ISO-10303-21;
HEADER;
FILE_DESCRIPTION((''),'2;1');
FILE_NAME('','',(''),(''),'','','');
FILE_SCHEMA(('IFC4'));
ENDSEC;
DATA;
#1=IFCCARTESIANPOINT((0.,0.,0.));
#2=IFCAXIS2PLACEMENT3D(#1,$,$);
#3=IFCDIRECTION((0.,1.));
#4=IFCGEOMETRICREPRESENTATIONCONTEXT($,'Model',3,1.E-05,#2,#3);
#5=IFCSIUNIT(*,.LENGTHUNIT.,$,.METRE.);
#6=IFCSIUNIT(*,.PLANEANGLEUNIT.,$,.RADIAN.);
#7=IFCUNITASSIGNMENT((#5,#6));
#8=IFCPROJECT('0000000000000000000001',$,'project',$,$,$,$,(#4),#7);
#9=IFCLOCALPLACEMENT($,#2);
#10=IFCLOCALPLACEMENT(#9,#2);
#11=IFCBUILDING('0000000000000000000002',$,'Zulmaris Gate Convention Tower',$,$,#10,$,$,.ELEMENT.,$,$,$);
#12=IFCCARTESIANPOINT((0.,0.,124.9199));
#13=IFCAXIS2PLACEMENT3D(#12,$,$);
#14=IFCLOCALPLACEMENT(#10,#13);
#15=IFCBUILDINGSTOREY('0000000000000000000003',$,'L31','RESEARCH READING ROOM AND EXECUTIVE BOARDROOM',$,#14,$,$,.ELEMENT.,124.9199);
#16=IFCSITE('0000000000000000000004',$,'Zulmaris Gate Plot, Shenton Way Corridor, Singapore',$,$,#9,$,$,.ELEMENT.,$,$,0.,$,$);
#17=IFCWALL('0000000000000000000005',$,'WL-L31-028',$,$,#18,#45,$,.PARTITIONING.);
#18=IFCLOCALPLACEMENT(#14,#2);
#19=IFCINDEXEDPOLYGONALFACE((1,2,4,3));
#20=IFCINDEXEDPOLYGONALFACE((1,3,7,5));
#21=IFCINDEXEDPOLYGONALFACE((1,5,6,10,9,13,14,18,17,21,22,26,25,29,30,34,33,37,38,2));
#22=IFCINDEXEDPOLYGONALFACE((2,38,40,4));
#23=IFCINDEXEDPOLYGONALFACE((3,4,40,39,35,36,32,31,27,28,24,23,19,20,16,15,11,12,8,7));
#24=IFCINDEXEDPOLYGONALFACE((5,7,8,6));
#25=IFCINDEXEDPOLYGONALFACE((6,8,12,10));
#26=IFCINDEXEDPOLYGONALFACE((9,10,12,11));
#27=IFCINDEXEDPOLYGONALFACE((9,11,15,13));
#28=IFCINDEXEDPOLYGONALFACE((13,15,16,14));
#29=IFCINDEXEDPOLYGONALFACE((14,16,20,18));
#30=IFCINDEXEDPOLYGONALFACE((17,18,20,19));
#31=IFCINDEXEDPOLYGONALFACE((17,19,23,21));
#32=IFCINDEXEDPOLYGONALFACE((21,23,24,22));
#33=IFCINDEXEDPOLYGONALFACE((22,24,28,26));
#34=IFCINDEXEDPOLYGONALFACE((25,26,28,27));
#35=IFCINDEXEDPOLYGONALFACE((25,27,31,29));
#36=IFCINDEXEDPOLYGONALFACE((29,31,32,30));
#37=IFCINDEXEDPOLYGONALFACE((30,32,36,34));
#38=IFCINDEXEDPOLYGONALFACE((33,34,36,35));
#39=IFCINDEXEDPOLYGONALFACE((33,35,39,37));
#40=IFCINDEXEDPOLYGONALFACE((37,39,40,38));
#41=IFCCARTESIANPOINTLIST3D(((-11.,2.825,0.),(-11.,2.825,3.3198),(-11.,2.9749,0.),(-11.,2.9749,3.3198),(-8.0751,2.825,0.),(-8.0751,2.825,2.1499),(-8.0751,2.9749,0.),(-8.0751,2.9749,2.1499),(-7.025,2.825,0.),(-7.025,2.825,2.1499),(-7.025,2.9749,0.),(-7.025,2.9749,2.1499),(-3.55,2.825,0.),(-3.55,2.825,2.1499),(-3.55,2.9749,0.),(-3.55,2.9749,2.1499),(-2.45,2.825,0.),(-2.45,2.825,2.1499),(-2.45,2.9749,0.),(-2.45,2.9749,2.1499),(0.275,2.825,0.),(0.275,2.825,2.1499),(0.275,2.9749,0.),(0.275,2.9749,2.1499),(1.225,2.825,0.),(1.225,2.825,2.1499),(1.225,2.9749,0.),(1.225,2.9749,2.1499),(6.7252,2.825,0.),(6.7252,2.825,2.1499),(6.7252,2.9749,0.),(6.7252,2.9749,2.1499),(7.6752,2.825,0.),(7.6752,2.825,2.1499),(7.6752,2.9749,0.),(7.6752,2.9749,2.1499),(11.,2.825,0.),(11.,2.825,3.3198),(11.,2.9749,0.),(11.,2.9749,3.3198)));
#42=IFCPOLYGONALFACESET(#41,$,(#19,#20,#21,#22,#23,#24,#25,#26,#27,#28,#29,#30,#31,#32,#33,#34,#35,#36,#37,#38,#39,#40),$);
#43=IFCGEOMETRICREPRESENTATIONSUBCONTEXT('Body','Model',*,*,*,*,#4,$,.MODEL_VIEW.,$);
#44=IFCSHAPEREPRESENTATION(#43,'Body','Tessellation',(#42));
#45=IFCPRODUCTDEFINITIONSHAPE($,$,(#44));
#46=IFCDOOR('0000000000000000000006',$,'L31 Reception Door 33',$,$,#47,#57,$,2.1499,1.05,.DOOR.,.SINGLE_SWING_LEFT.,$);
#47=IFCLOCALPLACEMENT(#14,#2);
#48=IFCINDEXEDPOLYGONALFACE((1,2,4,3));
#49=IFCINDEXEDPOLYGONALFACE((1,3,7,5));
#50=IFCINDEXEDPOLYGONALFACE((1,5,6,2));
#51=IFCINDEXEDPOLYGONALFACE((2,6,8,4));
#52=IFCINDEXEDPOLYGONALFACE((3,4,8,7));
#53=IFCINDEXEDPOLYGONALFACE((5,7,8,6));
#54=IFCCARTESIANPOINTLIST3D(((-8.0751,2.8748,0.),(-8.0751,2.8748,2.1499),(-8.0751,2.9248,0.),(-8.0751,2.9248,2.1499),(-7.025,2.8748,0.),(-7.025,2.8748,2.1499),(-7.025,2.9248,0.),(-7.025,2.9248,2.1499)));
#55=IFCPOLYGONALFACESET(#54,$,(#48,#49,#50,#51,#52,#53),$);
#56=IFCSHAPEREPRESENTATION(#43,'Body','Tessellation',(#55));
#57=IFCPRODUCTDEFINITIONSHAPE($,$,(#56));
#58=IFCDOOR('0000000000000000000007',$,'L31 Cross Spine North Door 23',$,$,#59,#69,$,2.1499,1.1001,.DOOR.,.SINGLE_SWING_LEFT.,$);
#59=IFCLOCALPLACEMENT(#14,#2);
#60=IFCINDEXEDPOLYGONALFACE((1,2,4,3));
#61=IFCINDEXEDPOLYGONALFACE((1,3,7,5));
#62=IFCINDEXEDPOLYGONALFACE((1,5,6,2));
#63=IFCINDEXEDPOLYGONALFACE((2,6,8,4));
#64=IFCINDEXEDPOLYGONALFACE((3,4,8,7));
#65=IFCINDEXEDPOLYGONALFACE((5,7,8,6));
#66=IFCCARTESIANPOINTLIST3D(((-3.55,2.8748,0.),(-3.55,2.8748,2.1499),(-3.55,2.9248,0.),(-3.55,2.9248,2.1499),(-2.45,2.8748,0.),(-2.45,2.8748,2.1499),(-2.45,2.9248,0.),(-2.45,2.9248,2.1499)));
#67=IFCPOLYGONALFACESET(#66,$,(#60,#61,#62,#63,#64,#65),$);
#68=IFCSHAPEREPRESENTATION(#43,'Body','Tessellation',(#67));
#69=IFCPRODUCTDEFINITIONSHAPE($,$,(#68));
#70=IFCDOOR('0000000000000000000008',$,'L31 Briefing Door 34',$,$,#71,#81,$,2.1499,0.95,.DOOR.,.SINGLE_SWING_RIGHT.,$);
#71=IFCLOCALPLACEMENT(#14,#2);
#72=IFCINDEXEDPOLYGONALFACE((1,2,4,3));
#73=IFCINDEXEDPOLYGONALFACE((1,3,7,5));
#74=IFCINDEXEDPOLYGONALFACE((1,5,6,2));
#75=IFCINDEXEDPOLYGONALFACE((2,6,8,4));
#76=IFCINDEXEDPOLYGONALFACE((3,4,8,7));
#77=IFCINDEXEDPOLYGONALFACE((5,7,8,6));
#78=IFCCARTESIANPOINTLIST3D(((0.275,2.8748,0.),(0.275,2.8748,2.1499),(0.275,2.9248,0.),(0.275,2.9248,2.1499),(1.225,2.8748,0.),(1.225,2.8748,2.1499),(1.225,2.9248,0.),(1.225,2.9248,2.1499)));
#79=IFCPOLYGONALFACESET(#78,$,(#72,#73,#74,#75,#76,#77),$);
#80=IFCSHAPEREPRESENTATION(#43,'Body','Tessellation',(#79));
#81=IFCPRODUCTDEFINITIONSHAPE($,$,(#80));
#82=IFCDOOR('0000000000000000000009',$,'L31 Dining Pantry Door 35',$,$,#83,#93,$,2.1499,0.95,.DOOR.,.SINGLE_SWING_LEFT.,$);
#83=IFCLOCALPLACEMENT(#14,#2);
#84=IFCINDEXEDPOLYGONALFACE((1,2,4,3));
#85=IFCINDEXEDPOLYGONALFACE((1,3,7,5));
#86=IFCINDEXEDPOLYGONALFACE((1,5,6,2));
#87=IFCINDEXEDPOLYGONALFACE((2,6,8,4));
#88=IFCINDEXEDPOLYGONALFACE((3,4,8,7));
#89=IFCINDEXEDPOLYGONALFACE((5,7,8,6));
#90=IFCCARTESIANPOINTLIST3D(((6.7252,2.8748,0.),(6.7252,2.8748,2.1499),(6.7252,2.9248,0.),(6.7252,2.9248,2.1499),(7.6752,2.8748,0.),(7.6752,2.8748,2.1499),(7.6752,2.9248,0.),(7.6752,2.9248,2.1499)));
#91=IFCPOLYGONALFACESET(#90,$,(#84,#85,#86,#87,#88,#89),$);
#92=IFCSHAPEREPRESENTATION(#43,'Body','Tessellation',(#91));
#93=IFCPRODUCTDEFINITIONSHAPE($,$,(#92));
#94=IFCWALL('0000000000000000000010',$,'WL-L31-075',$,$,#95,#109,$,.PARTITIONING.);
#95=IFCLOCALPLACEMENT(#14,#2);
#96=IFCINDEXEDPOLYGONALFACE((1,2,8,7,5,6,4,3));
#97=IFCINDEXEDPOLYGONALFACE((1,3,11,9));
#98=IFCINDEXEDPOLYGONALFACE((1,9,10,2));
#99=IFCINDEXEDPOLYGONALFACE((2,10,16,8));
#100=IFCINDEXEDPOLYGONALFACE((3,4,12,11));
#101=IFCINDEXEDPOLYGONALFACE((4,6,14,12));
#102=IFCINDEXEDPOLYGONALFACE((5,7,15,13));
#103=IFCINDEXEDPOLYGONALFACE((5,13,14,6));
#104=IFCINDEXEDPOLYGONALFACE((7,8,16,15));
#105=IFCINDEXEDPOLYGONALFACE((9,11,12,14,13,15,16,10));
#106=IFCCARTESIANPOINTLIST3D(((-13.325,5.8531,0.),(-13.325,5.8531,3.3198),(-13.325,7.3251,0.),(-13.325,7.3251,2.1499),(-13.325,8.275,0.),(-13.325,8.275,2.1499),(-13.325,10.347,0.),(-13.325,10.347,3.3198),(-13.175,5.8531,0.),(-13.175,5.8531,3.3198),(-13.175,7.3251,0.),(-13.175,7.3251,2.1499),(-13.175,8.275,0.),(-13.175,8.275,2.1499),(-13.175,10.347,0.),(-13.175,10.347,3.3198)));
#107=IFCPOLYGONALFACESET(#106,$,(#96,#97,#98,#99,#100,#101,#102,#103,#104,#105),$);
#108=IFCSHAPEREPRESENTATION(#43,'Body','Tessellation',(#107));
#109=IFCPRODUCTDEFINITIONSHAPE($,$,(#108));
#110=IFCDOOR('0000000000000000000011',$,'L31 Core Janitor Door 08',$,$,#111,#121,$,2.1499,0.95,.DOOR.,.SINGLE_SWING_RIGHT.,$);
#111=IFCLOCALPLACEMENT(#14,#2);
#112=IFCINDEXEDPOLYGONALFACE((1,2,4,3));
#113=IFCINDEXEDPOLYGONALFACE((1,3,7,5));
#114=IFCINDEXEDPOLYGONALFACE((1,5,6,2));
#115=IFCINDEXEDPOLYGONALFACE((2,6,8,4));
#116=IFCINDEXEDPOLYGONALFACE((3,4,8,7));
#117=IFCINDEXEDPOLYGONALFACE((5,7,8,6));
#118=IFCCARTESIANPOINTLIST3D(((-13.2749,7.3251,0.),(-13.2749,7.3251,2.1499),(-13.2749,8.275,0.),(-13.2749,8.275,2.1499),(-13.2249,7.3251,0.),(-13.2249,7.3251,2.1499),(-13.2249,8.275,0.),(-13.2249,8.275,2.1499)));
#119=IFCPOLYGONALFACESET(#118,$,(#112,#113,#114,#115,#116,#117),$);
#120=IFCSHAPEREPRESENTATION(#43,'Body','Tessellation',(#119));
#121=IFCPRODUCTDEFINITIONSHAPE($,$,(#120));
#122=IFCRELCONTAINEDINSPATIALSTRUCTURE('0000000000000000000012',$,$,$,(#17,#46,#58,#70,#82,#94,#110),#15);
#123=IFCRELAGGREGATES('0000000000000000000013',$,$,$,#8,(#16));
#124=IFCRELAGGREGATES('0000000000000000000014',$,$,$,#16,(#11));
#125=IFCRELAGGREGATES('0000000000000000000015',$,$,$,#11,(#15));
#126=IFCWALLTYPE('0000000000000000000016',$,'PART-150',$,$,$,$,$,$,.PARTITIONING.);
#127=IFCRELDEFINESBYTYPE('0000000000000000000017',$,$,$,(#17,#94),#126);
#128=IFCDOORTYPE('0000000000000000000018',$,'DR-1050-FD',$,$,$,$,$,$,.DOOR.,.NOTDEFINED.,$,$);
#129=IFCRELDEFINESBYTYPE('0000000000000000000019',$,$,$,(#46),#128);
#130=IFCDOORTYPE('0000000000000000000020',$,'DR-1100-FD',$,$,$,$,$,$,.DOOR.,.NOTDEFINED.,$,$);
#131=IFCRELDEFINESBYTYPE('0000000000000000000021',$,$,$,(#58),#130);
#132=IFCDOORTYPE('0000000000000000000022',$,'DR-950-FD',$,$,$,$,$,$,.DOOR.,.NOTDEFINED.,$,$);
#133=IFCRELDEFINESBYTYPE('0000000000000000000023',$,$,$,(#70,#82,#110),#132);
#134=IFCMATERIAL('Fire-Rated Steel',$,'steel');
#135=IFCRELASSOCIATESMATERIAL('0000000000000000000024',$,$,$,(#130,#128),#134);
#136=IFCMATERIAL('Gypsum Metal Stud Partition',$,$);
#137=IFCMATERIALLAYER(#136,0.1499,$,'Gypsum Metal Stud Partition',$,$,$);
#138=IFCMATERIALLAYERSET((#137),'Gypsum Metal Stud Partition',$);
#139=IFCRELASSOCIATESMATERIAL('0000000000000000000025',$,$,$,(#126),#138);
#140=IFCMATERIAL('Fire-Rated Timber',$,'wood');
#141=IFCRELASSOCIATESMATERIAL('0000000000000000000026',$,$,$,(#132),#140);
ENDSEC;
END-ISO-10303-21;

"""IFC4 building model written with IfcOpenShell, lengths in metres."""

from ifc_helpers import new_model, si_unit, direction, frame, frame_2d, origin, place, context, subcontext, project, spatial, rectangle, extrude, material, layer, layer_set, type_object, element, fill, save


model = new_model("IFC4")

# Units and contexts
model_context = context("Model", 3, precision=1e-05, world=origin(), true_north=direction((0.0, 1.0)))
body_context = subcontext(model_context, "Body", "Model", "MODEL_VIEW")
ifc_project = project(units=[si_unit("LENGTHUNIT", "METRE"), si_unit("PLANEANGLEUNIT", "RADIAN")], contexts=[model_context])

# Site, building, storey
site_placement = place(None, origin())
site = spatial("IfcSite", under=ifc_project, at=site_placement, Name="Zulmaris Gate Plot, Shenton Way Corridor, Singapore", CompositionType="ELEMENT", RefElevation=0.0)
building_placement = place(site_placement, origin())
building = spatial("IfcBuilding", under=site, at=building_placement, Name="Zulmaris Gate Convention Tower", CompositionType="ELEMENT")
storey_placement = place(building_placement, frame((0.0, 0.0, 124.9199)))
storey = spatial("IfcBuildingStorey", under=building, at=storey_placement, Name="L31", Description="RESEARCH READING ROOM AND EXECUTIVE BOARDROOM", CompositionType="ELEMENT", Elevation=124.9199)

# Shared definitions
ifc_material_1 = material(Name="Fire-Rated Steel", Category="steel")
door_type_1 = type_object("IfcDoorType", Name="DR-1100-FD", OperationType="NOTDEFINED", PredefinedType="DOOR", material=ifc_material_1)

# Wall, openings, doors
ifc_material_2 = material(Name="Gypsum Metal Stud Partition")
ifc_layer_1 = layer(ifc_material_2, 0.1499, Name="Gypsum Metal Stud Partition")
ifc_layer_set_1 = layer_set([ifc_layer_1], Name="Gypsum Metal Stud Partition")
wall_type_1 = type_object("IfcWallType", Name="PART-150", PredefinedType="PARTITIONING", material=ifc_layer_set_1)
wall_1_placement = place(storey_placement, frame((-11.0, 2.8999, 0.0), z_axis=(0.0, 0.0, 1.0), x_axis=(1.0, 0.0, 0.0)))
wall_1 = element("IfcWall", 1, at=wall_1_placement, inside=storey, type_object=wall_type_1, Name="WL-L31-028", PredefinedType="PARTITIONING", context=body_context, shape_type="SweptSolid", body=[
    extrude(rectangle(XDim=22.0, YDim=0.1499, at=frame_2d((11.0, 0.0))), origin(), (0.0, 0.0, 1.0), 3.3198),
])
opening_1_placement = place(wall_1_placement, frame((7.45, 0.0, 0.0)))
opening_1 = element("IfcOpeningElement", 2, at=opening_1_placement, cuts=wall_1, PredefinedType="OPENING", context=body_context, shape_type="SweptSolid", body=[
    extrude(rectangle(XDim=1.1001, YDim=2.1499, at=frame_2d((0.55, 1.075))), frame((0.0, 0.085, 0.0), z_axis=(0.0, -1.0, 0.0), x_axis=(1.0, 0.0, 0.0)), (0.0, 0.0, 1.0), 0.1699),
])
opening_2_placement = place(wall_1_placement, frame((2.925, 0.0, 0.0)))
opening_2 = element("IfcOpeningElement", 3, at=opening_2_placement, cuts=wall_1, PredefinedType="OPENING", context=body_context, shape_type="SweptSolid", body=[
    extrude(rectangle(XDim=1.05, YDim=2.1499, at=frame_2d((0.5249, 1.075))), frame((0.0, 0.085, 0.0), z_axis=(0.0, -1.0, 0.0), x_axis=(1.0, 0.0, 0.0)), (0.0, 0.0, 1.0), 0.1699),
])
opening_3_placement = place(wall_1_placement, frame((11.2749, 0.0, 0.0)))
opening_3 = element("IfcOpeningElement", 4, at=opening_3_placement, cuts=wall_1, PredefinedType="OPENING", context=body_context, shape_type="SweptSolid", body=[
    extrude(rectangle(XDim=0.95, YDim=2.1499, at=frame_2d((0.4751, 1.075))), frame((0.0, 0.085, 0.0), z_axis=(0.0, -1.0, 0.0), x_axis=(1.0, 0.0, 0.0)), (0.0, 0.0, 1.0), 0.1699),
])
opening_4_placement = place(wall_1_placement, frame((17.7251, 0.0, 0.0)))
opening_4 = element("IfcOpeningElement", 5, at=opening_4_placement, cuts=wall_1, PredefinedType="OPENING", context=body_context, shape_type="SweptSolid", body=[
    extrude(rectangle(XDim=0.95, YDim=2.1499, at=frame_2d((0.4751, 1.075))), frame((0.0, 0.085, 0.0), z_axis=(0.0, -1.0, 0.0), x_axis=(1.0, 0.0, 0.0)), (0.0, 0.0, 1.0), 0.1699),
])
door_type_2 = type_object("IfcDoorType", Name="DR-1050-FD", OperationType="NOTDEFINED", PredefinedType="DOOR", material=ifc_material_1)
door_1_placement = place(opening_2_placement, origin())
door_1 = element("IfcDoor", 6, at=door_1_placement, inside=storey, type_object=door_type_2, Name="L31 Reception Door 33", OperationType="SINGLE_SWING_LEFT", OverallHeight=2.1499, OverallWidth=1.05, PredefinedType="DOOR", context=body_context, shape_type="SweptSolid", body=[
    extrude(rectangle(XDim=1.05, YDim=2.1499, at=frame_2d((0.5249, 1.075))), frame((0.0, 0.0249, 0.0), z_axis=(0.0, -1.0, 0.0), x_axis=(1.0, 0.0, 0.0)), (0.0, 0.0, 1.0), 0.05),
])
fill(opening_2, door_1)
door_2_placement = place(opening_1_placement, origin())
door_2 = element("IfcDoor", 7, at=door_2_placement, inside=storey, type_object=door_type_1, Name="L31 Cross Spine North Door 23", OperationType="SINGLE_SWING_LEFT", OverallHeight=2.1499, OverallWidth=1.1001, PredefinedType="DOOR", context=body_context, shape_type="SweptSolid", body=[
    extrude(rectangle(XDim=1.1001, YDim=2.1499, at=frame_2d((0.55, 1.075))), frame((0.0, 0.0249, 0.0), z_axis=(0.0, -1.0, 0.0), x_axis=(1.0, 0.0, 0.0)), (0.0, 0.0, 1.0), 0.05),
])
fill(opening_1, door_2)
ifc_material_3 = material(Name="Fire-Rated Timber", Category="wood")
door_type_3 = type_object("IfcDoorType", Name="DR-950-FD", OperationType="NOTDEFINED", PredefinedType="DOOR", material=ifc_material_3)
door_3_placement = place(opening_3_placement, origin())
door_3 = element("IfcDoor", 8, at=door_3_placement, inside=storey, type_object=door_type_3, Name="L31 Briefing Door 34", OperationType="SINGLE_SWING_RIGHT", OverallHeight=2.1499, OverallWidth=0.95, PredefinedType="DOOR", context=body_context, shape_type="SweptSolid", body=[
    extrude(rectangle(XDim=0.95, YDim=2.1499, at=frame_2d((0.4751, 1.075))), frame((0.0, 0.0249, 0.0), z_axis=(0.0, -1.0, 0.0), x_axis=(1.0, 0.0, 0.0)), (0.0, 0.0, 1.0), 0.05),
])
fill(opening_3, door_3)
door_4_placement = place(opening_4_placement, origin())
door_4 = element("IfcDoor", 9, at=door_4_placement, inside=storey, type_object=door_type_3, Name="L31 Dining Pantry Door 35", OperationType="SINGLE_SWING_LEFT", OverallHeight=2.1499, OverallWidth=0.95, PredefinedType="DOOR", context=body_context, shape_type="SweptSolid", body=[
    extrude(rectangle(XDim=0.95, YDim=2.1499, at=frame_2d((0.4751, 1.075))), frame((0.0, 0.0249, 0.0), z_axis=(0.0, -1.0, 0.0), x_axis=(1.0, 0.0, 0.0)), (0.0, 0.0, 1.0), 0.05),
])
fill(opening_4, door_4)

# Wall, opening, door
wall_2_placement = place(storey_placement, frame((-13.25, 5.853, 0.0), z_axis=(0.0, 0.0, 1.0), x_axis=(0.0, 1.0, 0.0)))
wall_2 = element("IfcWall", 10, at=wall_2_placement, inside=storey, type_object=wall_type_1, Name="WL-L31-075", PredefinedType="PARTITIONING", context=body_context, shape_type="SweptSolid", body=[
    extrude(rectangle(XDim=4.4939, YDim=0.1499, at=frame_2d((2.2471, 0.0))), origin(), (0.0, 0.0, 1.0), 3.3198),
])
opening_5_placement = place(wall_2_placement, frame((1.4719, 0.0, 0.0)))
opening_5 = element("IfcOpeningElement", 11, at=opening_5_placement, cuts=wall_2, PredefinedType="OPENING", context=body_context, shape_type="SweptSolid", body=[
    extrude(rectangle(XDim=0.95, YDim=2.1499, at=frame_2d((0.4751, 1.075))), frame((0.0, 0.085, 0.0), z_axis=(0.0, -1.0, 0.0), x_axis=(1.0, 0.0, 0.0)), (0.0, 0.0, 1.0), 0.1699),
])
door_5_placement = place(opening_5_placement, origin())
door_5 = element("IfcDoor", 12, at=door_5_placement, inside=storey, type_object=door_type_3, Name="L31 Core Janitor Door 08", OperationType="SINGLE_SWING_RIGHT", OverallHeight=2.1499, OverallWidth=0.95, PredefinedType="DOOR", context=body_context, shape_type="SweptSolid", body=[
    extrude(rectangle(XDim=0.95, YDim=2.1499, at=frame_2d((0.4751, 1.075))), frame((0.0, 0.0249, 0.0), z_axis=(0.0, -1.0, 0.0), x_axis=(1.0, 0.0, 0.0)), (0.0, 0.0, 1.0), 0.05),
])
fill(opening_5, door_5)

save(model, "model.ifc")
